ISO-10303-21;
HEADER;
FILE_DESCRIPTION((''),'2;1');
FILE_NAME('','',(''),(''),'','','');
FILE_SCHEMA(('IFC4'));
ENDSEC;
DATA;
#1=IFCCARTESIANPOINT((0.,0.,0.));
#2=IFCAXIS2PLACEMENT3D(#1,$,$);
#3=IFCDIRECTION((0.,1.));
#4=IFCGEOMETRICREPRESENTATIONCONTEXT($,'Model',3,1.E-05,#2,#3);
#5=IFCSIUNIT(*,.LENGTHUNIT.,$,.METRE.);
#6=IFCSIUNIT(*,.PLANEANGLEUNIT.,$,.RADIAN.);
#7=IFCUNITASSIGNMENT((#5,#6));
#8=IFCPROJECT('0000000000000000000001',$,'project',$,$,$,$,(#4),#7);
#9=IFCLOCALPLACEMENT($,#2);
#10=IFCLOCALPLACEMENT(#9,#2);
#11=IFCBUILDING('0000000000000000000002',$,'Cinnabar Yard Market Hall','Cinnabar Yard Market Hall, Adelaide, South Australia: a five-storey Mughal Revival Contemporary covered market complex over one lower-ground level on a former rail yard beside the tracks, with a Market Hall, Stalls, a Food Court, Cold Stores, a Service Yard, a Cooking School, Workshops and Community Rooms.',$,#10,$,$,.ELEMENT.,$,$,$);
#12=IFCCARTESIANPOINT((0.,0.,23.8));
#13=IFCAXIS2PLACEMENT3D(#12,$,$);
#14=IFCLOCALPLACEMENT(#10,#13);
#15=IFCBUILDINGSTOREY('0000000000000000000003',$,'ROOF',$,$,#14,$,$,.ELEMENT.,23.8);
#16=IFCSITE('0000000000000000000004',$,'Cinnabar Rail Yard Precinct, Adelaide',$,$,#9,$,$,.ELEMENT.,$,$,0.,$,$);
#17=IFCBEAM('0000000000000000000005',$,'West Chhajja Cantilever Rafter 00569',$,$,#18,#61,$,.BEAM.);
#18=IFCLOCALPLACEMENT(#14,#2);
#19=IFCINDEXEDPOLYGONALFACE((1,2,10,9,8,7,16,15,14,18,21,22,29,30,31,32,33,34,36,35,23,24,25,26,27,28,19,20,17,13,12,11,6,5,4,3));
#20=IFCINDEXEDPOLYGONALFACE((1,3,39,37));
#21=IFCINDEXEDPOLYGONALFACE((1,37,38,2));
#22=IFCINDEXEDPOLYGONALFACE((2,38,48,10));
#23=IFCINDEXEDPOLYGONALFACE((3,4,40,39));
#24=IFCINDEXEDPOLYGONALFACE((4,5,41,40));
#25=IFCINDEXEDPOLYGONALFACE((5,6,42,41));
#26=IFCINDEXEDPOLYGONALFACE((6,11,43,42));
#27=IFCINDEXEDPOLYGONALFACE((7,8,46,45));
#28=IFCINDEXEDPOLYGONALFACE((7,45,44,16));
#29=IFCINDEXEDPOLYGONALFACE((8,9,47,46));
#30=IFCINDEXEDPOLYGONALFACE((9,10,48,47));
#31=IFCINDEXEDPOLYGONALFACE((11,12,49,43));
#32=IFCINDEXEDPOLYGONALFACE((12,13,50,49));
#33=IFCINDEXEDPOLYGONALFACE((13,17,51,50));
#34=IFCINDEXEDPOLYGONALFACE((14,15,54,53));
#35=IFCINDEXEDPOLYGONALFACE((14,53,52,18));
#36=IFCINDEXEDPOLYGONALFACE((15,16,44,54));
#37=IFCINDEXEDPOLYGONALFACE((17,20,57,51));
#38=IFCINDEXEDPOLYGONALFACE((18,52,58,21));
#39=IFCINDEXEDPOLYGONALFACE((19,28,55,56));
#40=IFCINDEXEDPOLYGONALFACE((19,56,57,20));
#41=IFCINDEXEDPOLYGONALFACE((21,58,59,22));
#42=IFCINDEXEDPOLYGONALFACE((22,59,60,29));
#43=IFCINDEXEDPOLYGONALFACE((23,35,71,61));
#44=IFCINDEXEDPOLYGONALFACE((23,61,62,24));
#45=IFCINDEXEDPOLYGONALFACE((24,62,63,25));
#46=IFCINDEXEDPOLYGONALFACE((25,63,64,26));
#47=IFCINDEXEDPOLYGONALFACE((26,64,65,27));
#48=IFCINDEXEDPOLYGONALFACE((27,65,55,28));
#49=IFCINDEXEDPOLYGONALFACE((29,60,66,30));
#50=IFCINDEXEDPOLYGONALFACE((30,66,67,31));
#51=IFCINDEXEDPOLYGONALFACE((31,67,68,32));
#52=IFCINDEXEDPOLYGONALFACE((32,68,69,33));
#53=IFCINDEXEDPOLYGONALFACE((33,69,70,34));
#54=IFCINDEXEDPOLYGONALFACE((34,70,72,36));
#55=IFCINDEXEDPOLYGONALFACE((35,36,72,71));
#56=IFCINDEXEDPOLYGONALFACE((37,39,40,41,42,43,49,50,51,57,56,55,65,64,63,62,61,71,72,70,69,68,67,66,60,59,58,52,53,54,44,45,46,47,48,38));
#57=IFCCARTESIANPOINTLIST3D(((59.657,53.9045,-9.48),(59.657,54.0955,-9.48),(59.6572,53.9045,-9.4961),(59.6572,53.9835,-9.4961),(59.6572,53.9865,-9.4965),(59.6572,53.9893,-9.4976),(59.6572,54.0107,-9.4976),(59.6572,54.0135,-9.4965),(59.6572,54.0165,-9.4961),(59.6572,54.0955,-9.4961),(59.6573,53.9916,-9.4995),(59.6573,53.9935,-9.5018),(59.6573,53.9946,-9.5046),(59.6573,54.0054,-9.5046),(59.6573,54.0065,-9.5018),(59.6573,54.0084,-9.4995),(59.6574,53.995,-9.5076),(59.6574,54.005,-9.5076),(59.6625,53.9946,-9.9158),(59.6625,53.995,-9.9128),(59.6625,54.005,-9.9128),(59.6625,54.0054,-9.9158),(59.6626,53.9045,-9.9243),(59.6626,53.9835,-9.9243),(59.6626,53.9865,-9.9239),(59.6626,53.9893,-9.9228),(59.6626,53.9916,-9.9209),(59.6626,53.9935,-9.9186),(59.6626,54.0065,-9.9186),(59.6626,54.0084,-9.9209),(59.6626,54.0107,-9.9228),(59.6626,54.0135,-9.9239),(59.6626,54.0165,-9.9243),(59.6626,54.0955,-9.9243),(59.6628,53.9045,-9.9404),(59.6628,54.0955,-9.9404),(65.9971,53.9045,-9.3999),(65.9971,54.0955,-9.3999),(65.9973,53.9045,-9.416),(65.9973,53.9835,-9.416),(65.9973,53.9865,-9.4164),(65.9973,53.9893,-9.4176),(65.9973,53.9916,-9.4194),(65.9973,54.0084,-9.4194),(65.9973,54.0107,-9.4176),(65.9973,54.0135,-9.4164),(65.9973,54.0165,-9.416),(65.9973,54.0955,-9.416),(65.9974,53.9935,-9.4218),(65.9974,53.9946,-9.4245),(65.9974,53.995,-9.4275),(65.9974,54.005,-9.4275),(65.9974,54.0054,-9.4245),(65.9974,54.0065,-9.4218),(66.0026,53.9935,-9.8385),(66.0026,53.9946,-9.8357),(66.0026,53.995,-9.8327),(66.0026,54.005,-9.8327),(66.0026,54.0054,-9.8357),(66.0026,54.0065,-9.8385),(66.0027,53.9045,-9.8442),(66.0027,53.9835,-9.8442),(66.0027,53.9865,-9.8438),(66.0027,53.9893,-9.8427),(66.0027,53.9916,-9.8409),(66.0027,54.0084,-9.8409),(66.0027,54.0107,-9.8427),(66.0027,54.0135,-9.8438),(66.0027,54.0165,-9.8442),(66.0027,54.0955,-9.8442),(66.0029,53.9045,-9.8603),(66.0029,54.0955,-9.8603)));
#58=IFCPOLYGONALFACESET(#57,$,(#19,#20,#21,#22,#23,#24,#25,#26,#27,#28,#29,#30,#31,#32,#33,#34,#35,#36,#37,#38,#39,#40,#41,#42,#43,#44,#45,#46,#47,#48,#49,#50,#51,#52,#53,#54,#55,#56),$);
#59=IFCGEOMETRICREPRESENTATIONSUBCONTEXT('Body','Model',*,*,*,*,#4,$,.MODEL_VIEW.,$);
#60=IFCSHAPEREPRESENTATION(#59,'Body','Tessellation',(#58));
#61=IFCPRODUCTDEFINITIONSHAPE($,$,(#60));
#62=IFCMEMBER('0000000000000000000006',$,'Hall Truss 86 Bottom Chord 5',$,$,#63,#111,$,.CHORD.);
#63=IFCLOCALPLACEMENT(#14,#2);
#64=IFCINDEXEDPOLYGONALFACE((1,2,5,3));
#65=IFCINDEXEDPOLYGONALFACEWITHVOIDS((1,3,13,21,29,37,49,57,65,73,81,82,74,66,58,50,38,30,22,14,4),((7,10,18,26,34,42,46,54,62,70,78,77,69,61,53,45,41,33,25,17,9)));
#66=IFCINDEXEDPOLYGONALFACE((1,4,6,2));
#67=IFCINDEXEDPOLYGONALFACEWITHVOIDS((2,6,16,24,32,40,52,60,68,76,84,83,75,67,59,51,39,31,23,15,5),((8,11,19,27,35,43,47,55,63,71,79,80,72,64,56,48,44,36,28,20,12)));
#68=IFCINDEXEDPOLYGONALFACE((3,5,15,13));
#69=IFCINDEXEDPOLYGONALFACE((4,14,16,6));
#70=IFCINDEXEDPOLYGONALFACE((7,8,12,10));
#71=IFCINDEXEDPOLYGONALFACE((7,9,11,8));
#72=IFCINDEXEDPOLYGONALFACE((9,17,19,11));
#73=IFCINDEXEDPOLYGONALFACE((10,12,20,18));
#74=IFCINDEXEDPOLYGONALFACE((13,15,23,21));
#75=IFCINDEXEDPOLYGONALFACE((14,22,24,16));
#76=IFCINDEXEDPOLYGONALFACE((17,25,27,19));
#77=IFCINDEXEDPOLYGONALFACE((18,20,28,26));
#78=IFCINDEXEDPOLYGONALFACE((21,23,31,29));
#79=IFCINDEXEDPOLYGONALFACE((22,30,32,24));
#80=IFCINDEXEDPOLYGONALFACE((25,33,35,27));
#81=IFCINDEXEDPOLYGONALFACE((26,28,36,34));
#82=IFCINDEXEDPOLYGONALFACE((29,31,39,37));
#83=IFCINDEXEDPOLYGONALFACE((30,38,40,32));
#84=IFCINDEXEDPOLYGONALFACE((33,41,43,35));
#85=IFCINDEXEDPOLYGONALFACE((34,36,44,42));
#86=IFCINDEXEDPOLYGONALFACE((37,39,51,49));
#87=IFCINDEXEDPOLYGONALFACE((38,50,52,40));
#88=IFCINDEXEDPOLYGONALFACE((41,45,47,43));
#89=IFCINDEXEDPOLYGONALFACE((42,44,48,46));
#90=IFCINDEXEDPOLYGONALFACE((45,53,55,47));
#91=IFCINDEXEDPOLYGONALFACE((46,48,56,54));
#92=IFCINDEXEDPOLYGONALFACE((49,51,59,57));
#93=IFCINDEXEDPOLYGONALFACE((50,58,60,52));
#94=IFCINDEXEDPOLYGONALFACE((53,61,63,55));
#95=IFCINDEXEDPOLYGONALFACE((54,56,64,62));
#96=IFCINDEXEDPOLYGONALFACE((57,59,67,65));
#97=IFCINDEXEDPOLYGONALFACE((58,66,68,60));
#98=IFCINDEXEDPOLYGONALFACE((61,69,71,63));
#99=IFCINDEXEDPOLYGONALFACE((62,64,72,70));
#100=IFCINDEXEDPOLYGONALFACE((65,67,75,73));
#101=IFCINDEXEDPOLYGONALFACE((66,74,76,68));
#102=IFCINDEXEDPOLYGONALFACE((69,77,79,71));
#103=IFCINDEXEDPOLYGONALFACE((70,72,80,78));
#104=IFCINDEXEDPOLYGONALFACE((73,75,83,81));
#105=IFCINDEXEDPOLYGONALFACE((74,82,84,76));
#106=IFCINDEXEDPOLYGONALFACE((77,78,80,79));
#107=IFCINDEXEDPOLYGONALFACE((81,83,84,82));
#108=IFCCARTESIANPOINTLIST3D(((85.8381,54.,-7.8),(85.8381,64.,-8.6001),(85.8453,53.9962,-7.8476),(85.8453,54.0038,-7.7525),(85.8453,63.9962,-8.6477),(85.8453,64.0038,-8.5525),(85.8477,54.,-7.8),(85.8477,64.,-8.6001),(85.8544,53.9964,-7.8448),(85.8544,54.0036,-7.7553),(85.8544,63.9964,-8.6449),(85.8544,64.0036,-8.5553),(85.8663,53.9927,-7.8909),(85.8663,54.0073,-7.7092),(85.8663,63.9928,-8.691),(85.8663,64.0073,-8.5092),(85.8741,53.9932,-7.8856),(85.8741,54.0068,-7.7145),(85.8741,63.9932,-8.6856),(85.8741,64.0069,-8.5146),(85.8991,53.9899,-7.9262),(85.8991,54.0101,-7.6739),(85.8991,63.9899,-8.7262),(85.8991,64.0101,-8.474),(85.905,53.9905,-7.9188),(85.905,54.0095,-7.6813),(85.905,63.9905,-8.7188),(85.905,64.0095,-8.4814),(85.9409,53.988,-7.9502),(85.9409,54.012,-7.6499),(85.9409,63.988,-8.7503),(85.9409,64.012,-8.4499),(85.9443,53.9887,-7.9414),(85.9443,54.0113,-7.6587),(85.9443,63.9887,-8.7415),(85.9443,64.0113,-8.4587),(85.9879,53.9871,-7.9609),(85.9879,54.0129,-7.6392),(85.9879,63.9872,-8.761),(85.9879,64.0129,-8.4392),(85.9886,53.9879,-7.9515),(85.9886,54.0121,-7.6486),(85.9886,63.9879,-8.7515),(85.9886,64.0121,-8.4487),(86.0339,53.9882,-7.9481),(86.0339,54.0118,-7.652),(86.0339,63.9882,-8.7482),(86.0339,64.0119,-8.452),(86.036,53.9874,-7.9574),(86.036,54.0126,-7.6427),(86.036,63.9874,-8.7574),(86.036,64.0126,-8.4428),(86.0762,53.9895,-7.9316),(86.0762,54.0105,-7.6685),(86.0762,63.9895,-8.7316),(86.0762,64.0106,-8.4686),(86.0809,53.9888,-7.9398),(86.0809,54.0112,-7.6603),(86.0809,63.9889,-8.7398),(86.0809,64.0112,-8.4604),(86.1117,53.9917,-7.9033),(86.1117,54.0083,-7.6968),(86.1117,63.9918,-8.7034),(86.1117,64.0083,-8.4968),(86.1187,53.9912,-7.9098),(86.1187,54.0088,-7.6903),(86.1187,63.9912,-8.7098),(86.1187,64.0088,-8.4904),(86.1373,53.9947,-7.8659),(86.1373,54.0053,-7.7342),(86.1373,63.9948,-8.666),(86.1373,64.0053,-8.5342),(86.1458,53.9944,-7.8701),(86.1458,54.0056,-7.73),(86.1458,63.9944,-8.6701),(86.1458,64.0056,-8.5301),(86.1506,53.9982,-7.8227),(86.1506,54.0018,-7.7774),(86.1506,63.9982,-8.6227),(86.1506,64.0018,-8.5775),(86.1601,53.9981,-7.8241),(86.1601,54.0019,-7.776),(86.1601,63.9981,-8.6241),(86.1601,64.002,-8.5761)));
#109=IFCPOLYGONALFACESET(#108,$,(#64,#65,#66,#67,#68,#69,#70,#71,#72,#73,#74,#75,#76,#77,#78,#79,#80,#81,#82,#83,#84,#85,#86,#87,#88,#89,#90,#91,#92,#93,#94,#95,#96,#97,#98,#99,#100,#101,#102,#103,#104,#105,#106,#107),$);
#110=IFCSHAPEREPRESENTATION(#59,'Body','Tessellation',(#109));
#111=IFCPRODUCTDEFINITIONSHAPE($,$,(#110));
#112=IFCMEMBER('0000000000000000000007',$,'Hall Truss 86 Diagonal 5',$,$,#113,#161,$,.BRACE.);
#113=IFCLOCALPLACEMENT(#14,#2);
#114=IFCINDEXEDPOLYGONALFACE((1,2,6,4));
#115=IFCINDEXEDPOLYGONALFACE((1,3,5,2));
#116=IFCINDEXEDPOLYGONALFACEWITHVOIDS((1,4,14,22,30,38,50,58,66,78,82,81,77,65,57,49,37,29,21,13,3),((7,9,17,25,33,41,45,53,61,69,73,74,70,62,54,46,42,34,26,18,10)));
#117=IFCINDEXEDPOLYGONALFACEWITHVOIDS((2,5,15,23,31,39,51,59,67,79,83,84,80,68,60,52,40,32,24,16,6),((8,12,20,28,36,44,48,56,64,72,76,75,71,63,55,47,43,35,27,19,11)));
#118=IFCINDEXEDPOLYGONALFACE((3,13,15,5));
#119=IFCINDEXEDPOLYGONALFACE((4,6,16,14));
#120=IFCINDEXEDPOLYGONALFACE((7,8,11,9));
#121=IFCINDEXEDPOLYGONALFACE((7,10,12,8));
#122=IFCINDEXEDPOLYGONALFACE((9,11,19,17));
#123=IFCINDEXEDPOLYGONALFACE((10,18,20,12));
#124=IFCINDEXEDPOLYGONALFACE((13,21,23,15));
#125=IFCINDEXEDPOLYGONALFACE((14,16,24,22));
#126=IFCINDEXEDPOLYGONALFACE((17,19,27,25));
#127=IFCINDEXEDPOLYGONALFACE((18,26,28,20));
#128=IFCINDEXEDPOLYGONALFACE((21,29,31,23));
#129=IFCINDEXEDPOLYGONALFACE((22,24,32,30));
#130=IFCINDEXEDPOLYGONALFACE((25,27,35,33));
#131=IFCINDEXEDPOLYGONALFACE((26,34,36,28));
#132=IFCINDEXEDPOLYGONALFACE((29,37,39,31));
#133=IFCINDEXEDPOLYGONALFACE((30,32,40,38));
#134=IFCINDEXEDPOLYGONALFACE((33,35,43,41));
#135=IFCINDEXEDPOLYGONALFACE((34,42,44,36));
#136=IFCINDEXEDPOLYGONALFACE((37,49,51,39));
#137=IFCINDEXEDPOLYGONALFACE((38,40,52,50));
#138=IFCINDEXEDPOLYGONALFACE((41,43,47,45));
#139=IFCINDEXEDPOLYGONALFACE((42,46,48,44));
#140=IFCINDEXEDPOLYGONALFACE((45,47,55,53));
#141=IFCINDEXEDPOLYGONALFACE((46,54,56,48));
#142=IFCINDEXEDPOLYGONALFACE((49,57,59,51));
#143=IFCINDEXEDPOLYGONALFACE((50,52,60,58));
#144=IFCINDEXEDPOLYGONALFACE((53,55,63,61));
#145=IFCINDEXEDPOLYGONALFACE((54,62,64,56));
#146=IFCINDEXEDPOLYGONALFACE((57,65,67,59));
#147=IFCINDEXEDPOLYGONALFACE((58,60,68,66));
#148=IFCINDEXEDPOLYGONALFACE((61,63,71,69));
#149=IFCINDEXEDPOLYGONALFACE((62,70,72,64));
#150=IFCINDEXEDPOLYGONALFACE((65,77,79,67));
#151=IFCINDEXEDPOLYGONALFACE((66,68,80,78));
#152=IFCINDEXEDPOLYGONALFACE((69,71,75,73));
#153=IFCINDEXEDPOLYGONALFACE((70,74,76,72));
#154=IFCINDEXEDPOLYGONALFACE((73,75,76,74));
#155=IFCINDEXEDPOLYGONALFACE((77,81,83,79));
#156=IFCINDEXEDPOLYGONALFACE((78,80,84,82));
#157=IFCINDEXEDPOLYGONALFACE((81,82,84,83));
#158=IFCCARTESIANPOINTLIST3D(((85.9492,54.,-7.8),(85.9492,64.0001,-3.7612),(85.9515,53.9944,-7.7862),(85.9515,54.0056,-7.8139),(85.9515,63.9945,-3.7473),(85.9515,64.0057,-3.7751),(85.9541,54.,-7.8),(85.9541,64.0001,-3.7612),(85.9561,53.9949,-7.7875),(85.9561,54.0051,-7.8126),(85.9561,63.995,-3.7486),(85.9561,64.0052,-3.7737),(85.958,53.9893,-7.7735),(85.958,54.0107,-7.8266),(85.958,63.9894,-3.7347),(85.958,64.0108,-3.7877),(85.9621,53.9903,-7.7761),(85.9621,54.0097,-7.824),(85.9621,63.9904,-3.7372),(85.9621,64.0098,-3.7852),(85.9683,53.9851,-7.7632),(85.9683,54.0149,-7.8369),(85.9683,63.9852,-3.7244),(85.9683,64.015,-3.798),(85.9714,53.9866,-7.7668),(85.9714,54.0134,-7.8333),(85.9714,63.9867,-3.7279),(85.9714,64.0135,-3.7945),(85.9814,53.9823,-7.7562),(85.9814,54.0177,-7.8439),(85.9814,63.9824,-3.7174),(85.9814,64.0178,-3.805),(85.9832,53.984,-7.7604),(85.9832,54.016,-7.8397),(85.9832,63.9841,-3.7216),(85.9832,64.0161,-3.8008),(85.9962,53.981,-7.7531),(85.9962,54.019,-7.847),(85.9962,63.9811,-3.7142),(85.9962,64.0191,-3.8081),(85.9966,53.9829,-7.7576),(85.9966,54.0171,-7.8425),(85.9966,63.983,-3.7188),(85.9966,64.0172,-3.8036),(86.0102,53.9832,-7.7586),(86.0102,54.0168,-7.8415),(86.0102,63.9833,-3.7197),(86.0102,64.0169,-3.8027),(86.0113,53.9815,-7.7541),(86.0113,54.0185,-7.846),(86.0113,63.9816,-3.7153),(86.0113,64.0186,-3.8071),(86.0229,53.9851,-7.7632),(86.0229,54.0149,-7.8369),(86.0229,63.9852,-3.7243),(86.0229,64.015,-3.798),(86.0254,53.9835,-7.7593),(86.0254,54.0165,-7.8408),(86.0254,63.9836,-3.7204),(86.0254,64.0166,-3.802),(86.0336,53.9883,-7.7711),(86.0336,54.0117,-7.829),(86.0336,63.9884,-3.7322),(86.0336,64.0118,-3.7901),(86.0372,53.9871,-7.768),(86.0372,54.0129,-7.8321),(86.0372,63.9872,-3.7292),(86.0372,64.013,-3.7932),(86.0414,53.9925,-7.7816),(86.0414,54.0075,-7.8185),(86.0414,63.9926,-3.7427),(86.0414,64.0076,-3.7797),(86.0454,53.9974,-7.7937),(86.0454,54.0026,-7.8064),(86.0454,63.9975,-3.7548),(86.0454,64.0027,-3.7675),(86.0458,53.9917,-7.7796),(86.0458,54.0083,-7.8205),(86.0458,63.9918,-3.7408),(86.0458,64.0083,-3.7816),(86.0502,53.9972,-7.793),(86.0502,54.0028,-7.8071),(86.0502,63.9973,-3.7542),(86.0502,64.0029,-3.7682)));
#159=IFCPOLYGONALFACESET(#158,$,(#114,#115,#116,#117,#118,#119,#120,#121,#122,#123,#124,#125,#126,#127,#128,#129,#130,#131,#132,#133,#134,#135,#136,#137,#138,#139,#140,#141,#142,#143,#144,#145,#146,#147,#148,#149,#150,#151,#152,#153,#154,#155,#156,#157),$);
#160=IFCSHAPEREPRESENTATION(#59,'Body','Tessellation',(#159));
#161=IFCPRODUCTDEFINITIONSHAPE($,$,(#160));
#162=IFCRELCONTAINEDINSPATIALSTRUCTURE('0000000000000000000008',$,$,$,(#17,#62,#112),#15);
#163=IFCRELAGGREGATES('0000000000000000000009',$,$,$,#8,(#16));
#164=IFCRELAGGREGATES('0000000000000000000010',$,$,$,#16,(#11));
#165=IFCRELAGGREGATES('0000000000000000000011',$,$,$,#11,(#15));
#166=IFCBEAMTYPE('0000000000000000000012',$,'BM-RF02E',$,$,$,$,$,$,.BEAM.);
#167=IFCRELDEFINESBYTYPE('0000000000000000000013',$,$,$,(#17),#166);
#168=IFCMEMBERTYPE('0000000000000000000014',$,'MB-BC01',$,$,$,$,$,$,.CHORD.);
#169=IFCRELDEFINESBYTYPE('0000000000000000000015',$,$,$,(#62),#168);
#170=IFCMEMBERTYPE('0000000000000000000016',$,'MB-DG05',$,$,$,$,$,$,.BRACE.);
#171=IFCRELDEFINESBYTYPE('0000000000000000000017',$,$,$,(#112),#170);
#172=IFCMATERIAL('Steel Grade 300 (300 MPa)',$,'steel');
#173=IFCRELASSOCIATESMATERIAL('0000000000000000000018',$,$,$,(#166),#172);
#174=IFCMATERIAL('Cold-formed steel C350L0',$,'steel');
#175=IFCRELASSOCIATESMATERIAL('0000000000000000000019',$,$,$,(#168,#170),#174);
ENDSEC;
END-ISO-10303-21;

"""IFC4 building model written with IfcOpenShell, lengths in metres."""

from ifc_helpers import new_model, si_unit, direction, frame, origin, origin_2d_with_axis, place, context, subcontext, project, spatial, hollow_circle, i_section, extrude, material, material_profile, profile_set, type_object, element, save


model = new_model("IFC4")

# Units and contexts
model_context = context("Model", 3, precision=1e-05, world=origin(), true_north=direction((0.0, 1.0)))
body_context = subcontext(model_context, "Body", "Model", "MODEL_VIEW")
ifc_project = project(units=[si_unit("LENGTHUNIT", "METRE"), si_unit("PLANEANGLEUNIT", "RADIAN")], contexts=[model_context])

# Site, building, storey
site_placement = place(None, origin())
site = spatial("IfcSite", under=ifc_project, at=site_placement, Name="Cinnabar Rail Yard Precinct, Adelaide", CompositionType="ELEMENT", RefElevation=0.0)
building_placement = place(site_placement, origin())
building = spatial("IfcBuilding", under=site, at=building_placement, Name="Cinnabar Yard Market Hall", Description="Cinnabar Yard Market Hall, Adelaide, South Australia: a five-storey Mughal Revival Contemporary covered market complex over one lower-ground level on a former rail yard beside the tracks, with a Market Hall, Stalls, a Food Court, Cold Stores, a Service Yard, a Cooking School, Workshops and Community Rooms.", CompositionType="ELEMENT")
storey_placement = place(building_placement, frame((0.0, 0.0, 23.8)))
storey = spatial("IfcBuildingStorey", under=building, at=storey_placement, Name="ROOF", CompositionType="ELEMENT", Elevation=23.8)

# Beam
ifc_material_1 = material(Name="Steel Grade 300 (300 MPa)", Category="steel")
ifc_material_profile_1 = material_profile(ifc_material_1, i_section(OverallWidth=0.1909, OverallDepth=0.4604, WebThickness=0.01, FlangeThickness=0.0161, FilletRadius=0.0115, at=origin_2d_with_axis()), Name="460UB82.1")
ifc_profile_set_1 = profile_set([ifc_material_profile_1], Name="Steel Grade 300 (300 MPa)")
beam_type_1 = type_object("IfcBeamType", Name="BM-RF02E", PredefinedType="BEAM", material=ifc_profile_set_1)
for number, where, z_axis, x_axis, name in (
    (1, (66.0, 54.0, -9.6301), (-0.99992, 0.0, -0.012629), (0.0, -1.0, 0.0), "West Chhajja Cantilever Rafter 00569"),
):
    element("IfcBeam", number, at=place(storey_placement, frame(where, z_axis=z_axis, x_axis=x_axis)), inside=storey, type_object=beam_type_1, Name=name, PredefinedType="BEAM", context=body_context, shape_type="SweptSolid", body=[
        extrude(i_section(OverallWidth=0.1909, OverallDepth=0.4604, WebThickness=0.01, FlangeThickness=0.0161, FilletRadius=0.0115, at=origin_2d_with_axis()), origin(), (0.0, 0.0, 1.0), 6.3406),
    ])

# Members
ifc_material_2 = material(Name="Cold-formed steel C350L0", Category="steel")
ifc_material_profile_2 = material_profile(ifc_material_2, hollow_circle(Radius=0.1619, WallThickness=0.0095, at=origin_2d_with_axis()), Name="323.9x9.5CHS")
ifc_profile_set_2 = profile_set([ifc_material_profile_2], Name="Cold-formed steel C350L0")
member_type_1 = type_object("IfcMemberType", Name="MB-BC01", PredefinedType="CHORD", material=ifc_profile_set_2)
member_1_placement = place(storey_placement, frame((86.0, 54.0, -7.8), z_axis=(0.0, 0.996815, -0.07975), x_axis=(-1.0, 0.0, 0.0)))
element("IfcMember", 2, at=member_1_placement, inside=storey, type_object=member_type_1, Name="Hall Truss 86 Bottom Chord 5", PredefinedType="CHORD", context=body_context, shape_type="SweptSolid", body=[
    extrude(hollow_circle(Radius=0.1619, WallThickness=0.0095, at=origin_2d_with_axis()), origin(), (0.0, 0.0, 1.0), 10.032),
])
ifc_material_profile_3 = material_profile(ifc_material_2, hollow_circle(Radius=0.0508, WallThickness=0.0049, at=origin_2d_with_axis()), Name="101.6x5.0CHS")
ifc_profile_set_3 = profile_set([ifc_material_profile_3], Name="Cold-formed steel C350L0")
member_type_2 = type_object("IfcMemberType", Name="MB-DG05", PredefinedType="BRACE", material=ifc_profile_set_3)
member_2_placement = place(storey_placement, frame((86.0, 54.0, -7.8), z_axis=(0.0, 0.92723, 0.374491), x_axis=(-1.0, 0.0, 0.0)))
element("IfcMember", 3, at=member_2_placement, inside=storey, type_object=member_type_2, Name="Hall Truss 86 Diagonal 5", PredefinedType="BRACE", context=body_context, shape_type="SweptSolid", body=[
    extrude(hollow_circle(Radius=0.0508, WallThickness=0.0049, at=origin_2d_with_axis()), origin(), (0.0, 0.0, 1.0), 10.7849),
])

save(model, "model.ifc")
